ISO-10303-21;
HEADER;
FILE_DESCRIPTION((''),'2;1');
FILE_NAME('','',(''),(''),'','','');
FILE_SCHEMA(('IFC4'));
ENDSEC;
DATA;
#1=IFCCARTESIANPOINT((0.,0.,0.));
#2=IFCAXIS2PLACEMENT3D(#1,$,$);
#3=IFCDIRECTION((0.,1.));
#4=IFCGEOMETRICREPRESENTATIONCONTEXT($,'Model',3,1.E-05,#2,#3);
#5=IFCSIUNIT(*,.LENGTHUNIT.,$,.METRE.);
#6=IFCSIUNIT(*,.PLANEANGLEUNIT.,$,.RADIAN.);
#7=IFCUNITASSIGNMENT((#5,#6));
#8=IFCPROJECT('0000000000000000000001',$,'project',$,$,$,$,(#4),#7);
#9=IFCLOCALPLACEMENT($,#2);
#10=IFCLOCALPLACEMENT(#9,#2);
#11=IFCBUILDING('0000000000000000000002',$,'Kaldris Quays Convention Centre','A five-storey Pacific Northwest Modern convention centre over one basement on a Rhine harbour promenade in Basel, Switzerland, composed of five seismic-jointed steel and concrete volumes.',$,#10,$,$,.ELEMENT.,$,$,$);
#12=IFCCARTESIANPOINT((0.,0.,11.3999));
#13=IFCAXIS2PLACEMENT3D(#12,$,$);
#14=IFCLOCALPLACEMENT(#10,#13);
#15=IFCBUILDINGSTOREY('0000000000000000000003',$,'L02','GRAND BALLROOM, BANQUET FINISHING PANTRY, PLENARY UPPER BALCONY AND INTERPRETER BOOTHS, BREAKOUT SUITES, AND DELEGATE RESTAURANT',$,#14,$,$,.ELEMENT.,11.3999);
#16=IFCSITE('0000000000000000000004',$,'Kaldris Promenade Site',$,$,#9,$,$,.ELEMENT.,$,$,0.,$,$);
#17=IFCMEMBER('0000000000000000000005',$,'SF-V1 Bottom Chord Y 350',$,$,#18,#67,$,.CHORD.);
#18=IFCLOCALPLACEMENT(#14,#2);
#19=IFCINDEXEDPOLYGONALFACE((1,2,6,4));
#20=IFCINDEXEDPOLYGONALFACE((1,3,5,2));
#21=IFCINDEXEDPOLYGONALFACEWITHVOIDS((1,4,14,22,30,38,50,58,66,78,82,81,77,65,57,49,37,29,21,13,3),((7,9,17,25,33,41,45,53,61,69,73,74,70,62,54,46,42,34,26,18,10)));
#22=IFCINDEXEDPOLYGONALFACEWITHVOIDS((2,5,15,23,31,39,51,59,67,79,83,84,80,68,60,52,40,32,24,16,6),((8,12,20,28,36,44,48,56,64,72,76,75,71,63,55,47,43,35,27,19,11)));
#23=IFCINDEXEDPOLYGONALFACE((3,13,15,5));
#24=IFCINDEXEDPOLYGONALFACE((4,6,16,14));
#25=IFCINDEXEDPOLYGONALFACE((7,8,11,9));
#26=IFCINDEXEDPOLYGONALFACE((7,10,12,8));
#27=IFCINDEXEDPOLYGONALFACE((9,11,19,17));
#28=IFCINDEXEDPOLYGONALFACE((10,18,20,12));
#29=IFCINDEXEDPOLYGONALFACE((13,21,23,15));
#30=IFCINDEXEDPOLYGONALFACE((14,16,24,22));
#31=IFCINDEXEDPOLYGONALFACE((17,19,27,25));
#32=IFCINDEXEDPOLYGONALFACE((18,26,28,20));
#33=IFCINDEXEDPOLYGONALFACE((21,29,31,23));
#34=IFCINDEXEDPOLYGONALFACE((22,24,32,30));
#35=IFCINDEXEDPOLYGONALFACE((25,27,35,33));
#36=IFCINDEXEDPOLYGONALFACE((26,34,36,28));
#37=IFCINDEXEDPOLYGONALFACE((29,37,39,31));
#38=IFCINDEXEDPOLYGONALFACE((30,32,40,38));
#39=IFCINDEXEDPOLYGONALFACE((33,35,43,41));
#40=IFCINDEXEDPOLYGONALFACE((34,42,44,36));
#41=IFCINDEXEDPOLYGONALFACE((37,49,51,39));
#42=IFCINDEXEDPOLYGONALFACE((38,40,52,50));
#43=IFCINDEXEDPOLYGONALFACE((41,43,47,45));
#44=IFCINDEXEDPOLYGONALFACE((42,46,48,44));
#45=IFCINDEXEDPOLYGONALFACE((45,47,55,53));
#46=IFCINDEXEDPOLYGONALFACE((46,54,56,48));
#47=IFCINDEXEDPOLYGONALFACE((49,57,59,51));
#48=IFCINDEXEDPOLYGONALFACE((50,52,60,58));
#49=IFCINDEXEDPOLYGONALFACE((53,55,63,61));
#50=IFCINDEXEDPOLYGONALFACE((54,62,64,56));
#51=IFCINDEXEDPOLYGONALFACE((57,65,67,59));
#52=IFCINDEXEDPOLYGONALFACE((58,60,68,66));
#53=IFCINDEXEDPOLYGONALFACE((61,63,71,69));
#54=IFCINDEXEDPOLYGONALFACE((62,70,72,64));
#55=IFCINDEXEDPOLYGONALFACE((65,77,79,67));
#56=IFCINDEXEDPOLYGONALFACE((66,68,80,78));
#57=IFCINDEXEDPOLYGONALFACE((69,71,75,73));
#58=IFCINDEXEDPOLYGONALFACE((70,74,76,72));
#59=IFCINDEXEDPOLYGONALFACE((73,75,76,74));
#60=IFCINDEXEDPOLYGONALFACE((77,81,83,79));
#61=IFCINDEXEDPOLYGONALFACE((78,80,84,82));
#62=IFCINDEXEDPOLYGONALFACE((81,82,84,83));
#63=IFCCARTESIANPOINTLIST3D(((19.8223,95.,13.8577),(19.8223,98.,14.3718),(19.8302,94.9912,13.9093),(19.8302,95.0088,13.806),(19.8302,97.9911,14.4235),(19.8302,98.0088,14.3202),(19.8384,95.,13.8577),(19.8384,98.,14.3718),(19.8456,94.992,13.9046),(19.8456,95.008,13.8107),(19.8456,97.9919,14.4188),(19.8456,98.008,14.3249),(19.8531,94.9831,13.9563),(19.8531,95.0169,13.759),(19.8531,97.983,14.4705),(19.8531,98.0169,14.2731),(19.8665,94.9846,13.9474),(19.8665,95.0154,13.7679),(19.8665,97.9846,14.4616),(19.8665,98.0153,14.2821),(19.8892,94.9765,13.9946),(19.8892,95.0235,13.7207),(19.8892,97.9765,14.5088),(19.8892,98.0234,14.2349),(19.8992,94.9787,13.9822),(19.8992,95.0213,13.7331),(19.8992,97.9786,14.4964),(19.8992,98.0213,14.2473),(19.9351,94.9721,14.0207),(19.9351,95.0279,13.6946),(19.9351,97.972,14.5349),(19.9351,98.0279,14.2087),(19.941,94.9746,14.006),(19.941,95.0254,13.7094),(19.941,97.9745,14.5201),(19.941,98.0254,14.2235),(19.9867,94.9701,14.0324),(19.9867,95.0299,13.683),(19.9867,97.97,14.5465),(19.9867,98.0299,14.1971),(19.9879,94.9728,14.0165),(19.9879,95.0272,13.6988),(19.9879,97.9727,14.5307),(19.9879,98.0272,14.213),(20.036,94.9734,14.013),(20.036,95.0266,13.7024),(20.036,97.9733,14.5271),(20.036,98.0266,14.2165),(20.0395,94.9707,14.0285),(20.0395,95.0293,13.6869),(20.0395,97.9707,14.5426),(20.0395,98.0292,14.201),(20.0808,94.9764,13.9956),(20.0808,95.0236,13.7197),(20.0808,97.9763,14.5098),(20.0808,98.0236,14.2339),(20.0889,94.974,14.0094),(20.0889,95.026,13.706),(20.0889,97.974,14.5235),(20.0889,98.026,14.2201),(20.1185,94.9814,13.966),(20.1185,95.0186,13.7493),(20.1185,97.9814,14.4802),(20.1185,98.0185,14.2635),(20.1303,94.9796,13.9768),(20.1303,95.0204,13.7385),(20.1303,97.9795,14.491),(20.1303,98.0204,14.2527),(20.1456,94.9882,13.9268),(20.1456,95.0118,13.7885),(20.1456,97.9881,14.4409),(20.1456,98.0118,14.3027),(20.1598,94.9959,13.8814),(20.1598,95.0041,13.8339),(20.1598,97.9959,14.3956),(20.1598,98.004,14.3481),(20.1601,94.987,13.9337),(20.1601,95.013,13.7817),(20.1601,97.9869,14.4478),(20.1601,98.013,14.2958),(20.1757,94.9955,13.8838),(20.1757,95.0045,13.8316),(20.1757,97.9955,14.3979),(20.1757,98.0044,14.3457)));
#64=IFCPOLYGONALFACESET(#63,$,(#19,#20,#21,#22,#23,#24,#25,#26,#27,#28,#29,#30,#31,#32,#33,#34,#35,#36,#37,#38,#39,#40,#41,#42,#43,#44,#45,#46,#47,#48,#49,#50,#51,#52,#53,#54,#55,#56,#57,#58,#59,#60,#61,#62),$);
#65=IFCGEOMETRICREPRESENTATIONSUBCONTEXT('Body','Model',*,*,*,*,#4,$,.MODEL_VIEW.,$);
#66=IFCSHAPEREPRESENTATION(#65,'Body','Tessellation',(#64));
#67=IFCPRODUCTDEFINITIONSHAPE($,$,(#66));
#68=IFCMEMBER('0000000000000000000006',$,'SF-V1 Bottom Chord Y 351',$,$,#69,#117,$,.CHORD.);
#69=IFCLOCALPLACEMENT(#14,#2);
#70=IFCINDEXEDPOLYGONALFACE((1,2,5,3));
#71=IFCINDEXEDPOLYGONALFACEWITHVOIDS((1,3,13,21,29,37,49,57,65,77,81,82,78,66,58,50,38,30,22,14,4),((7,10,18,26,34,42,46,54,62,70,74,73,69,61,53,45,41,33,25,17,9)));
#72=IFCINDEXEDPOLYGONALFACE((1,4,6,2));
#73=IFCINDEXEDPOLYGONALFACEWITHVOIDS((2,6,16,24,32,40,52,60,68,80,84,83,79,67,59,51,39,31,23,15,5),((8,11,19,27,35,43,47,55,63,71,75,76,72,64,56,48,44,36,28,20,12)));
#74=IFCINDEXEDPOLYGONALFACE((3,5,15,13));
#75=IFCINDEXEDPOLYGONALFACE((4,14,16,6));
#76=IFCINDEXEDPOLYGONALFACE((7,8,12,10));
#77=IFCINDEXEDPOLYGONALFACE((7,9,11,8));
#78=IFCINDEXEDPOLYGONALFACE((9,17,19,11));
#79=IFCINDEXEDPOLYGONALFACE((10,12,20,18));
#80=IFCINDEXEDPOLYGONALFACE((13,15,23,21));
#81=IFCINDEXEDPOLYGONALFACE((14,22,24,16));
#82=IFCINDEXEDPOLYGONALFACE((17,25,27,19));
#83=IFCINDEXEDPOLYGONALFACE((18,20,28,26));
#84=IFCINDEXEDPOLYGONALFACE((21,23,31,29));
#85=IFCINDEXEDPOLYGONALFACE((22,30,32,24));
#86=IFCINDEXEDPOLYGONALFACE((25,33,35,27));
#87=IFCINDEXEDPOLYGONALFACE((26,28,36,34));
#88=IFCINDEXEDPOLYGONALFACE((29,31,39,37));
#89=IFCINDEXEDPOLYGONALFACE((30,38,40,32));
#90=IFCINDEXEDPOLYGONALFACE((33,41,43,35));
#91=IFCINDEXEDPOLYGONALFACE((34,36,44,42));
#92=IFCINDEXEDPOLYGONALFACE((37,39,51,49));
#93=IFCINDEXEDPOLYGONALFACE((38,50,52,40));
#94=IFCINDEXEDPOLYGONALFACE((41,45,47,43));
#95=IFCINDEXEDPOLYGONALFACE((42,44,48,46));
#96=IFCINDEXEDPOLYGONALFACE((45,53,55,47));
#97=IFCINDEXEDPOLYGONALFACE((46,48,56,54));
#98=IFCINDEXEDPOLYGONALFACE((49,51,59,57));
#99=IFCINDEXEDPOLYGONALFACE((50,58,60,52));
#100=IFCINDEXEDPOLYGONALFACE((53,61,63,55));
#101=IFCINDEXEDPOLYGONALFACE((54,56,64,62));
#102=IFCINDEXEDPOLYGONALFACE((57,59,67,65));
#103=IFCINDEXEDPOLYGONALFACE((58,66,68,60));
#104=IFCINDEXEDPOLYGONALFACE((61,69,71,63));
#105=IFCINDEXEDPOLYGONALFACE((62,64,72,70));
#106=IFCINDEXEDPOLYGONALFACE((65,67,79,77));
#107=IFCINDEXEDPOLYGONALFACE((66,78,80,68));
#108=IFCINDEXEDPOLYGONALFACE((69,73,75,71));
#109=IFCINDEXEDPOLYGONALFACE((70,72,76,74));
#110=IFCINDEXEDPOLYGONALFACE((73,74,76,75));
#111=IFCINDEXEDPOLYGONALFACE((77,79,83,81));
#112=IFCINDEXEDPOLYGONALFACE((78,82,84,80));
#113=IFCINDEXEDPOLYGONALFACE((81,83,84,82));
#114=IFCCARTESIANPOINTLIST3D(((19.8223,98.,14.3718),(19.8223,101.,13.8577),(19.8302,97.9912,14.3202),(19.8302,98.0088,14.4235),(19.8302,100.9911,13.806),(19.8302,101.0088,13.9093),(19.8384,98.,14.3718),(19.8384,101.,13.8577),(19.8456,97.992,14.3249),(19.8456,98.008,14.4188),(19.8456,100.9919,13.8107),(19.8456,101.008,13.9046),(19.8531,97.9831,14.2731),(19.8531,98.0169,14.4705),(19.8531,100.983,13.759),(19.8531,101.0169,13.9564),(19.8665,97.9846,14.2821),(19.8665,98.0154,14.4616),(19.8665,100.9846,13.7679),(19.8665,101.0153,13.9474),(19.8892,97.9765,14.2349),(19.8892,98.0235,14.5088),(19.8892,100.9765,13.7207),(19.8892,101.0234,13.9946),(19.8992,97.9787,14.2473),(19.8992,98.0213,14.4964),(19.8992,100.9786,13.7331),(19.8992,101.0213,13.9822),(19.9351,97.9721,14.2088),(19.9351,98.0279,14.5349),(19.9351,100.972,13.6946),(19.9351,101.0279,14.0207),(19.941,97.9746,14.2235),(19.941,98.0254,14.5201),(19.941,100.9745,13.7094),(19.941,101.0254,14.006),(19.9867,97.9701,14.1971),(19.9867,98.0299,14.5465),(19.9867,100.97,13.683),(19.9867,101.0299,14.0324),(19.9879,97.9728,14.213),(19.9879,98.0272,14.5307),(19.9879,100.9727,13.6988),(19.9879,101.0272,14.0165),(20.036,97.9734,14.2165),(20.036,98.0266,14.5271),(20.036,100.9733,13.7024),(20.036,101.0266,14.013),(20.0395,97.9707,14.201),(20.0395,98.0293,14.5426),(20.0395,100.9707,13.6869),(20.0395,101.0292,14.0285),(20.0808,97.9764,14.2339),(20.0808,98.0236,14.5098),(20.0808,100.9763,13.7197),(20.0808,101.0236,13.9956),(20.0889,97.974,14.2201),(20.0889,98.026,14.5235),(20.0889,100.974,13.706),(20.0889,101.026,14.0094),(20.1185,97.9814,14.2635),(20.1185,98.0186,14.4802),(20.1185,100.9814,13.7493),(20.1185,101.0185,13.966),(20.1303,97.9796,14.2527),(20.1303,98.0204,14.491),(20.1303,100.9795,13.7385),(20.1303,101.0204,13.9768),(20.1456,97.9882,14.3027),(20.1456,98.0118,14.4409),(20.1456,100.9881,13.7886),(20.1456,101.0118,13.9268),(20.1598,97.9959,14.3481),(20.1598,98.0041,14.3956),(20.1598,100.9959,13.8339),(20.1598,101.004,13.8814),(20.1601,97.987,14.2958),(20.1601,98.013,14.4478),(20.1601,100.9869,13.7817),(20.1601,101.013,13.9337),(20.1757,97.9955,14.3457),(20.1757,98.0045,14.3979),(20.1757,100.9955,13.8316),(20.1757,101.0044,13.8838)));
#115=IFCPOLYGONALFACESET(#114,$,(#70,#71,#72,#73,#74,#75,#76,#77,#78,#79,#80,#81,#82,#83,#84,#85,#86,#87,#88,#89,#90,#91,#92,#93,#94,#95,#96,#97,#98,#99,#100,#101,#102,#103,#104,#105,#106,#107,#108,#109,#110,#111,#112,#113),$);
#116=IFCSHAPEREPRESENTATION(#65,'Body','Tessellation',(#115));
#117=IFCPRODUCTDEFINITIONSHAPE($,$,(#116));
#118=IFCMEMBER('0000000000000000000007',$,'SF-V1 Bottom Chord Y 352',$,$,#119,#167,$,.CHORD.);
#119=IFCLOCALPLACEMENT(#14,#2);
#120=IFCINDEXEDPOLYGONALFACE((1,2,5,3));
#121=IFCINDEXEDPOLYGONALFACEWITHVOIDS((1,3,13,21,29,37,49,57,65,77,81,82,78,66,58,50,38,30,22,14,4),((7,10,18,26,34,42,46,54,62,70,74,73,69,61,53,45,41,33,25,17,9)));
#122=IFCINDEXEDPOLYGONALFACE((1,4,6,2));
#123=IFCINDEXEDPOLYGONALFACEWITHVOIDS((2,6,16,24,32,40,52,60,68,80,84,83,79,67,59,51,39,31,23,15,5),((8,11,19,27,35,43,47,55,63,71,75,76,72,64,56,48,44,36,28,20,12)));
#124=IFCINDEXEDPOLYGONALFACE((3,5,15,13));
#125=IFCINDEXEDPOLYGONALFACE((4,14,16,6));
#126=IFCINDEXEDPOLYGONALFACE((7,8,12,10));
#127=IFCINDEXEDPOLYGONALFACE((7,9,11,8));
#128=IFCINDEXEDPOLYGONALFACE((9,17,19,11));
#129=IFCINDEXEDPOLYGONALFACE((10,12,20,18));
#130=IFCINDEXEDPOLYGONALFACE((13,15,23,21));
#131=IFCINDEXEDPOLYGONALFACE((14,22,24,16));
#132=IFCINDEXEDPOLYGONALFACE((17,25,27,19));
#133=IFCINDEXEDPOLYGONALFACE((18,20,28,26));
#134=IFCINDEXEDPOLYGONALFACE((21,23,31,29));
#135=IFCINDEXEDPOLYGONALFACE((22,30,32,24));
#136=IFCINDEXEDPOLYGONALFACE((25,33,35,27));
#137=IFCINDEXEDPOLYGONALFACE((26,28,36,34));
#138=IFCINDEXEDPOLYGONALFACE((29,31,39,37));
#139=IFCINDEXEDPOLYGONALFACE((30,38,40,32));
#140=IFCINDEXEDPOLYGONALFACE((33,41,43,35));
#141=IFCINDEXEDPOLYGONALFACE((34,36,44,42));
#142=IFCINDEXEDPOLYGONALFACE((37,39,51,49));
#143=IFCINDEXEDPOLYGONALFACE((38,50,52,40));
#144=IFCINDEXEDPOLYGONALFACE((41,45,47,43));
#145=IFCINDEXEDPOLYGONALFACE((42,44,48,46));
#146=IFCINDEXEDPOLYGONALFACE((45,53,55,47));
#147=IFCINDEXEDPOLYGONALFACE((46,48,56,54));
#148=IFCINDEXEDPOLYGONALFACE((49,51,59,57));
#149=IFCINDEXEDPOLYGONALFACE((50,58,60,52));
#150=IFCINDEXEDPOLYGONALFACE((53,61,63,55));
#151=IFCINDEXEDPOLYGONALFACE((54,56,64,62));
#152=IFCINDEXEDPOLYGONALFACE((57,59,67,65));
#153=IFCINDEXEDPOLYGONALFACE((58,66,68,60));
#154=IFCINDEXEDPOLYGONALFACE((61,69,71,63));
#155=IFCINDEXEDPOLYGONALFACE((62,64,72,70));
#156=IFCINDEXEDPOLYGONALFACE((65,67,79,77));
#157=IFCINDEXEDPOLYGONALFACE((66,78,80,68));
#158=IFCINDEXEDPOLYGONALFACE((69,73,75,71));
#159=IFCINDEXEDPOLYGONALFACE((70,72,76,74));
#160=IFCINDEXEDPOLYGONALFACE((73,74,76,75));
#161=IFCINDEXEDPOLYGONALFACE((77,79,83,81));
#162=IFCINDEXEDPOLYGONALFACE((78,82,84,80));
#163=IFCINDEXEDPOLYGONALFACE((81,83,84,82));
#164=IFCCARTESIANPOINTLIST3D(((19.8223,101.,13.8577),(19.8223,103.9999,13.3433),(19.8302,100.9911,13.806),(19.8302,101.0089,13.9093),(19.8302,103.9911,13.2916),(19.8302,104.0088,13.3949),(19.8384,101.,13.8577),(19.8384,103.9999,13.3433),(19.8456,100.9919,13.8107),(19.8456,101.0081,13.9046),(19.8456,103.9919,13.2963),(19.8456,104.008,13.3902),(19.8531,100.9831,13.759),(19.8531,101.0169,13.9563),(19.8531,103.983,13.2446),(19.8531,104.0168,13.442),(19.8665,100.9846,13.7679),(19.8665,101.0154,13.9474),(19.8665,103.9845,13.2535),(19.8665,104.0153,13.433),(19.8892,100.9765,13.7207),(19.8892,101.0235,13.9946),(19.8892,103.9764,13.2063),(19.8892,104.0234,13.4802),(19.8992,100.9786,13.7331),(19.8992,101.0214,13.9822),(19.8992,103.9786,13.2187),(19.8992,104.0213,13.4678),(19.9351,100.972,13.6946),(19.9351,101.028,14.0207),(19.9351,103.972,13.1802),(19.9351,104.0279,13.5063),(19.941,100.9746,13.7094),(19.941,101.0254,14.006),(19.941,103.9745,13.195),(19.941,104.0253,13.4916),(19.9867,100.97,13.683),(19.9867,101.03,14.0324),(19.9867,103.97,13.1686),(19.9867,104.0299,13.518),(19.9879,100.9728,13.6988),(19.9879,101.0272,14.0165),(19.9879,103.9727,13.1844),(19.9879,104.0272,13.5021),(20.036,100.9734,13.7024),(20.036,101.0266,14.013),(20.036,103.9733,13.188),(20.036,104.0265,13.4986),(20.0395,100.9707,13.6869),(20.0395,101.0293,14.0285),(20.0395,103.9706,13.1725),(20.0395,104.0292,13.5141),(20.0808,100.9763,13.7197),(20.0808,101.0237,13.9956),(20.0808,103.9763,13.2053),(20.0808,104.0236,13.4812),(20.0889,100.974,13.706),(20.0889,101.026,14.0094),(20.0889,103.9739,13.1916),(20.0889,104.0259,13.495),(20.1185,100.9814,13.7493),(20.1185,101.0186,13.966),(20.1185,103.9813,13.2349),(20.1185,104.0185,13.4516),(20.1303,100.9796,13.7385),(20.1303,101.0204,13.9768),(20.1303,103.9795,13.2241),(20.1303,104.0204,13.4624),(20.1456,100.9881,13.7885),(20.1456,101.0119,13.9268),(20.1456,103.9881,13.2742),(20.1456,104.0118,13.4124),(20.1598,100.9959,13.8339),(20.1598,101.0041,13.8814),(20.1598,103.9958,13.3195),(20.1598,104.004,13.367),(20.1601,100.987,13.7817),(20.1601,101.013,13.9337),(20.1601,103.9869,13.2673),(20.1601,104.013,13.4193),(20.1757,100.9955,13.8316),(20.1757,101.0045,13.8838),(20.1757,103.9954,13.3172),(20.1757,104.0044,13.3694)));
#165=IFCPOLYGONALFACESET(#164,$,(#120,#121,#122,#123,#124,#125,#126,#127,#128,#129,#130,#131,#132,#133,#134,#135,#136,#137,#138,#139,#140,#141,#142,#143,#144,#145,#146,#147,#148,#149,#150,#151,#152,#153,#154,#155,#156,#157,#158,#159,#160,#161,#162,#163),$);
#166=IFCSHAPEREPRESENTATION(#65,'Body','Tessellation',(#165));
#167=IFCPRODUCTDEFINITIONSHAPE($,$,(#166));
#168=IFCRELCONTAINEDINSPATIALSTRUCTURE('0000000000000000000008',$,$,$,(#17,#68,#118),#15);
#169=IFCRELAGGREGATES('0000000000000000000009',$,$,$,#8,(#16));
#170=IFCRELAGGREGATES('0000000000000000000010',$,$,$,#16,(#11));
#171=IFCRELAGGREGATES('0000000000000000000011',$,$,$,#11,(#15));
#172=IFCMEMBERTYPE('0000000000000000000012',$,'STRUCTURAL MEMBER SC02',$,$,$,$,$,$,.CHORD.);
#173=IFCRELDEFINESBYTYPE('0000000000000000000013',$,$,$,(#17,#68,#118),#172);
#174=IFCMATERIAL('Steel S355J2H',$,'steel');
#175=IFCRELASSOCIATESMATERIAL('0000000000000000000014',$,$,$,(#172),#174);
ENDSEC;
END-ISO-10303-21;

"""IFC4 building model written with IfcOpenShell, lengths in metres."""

from ifc_helpers import new_model, si_unit, direction, frame, origin, origin_2d, place, context, subcontext, project, spatial, hollow_circle, extrude, material, material_profile, profile_set, type_object, element, save


model = new_model("IFC4")

# Units and contexts
model_context = context("Model", 3, precision=1e-05, world=origin(), true_north=direction((0.0, 1.0)))
body_context = subcontext(model_context, "Body", "Model", "MODEL_VIEW")
ifc_project = project(units=[si_unit("LENGTHUNIT", "METRE"), si_unit("PLANEANGLEUNIT", "RADIAN")], contexts=[model_context])

# Site, building, storey
site_placement = place(None, origin())
site = spatial("IfcSite", under=ifc_project, at=site_placement, Name="Kaldris Promenade Site", CompositionType="ELEMENT", RefElevation=0.0)
building_placement = place(site_placement, origin())
building = spatial("IfcBuilding", under=site, at=building_placement, Name="Kaldris Quays Convention Centre", Description="A five-storey Pacific Northwest Modern convention centre over one basement on a Rhine harbour promenade in Basel, Switzerland, composed of five seismic-jointed steel and concrete volumes.", CompositionType="ELEMENT")
storey_placement = place(building_placement, frame((0.0, 0.0, 11.3999)))
storey = spatial("IfcBuildingStorey", under=building, at=storey_placement, Name="L02", Description="GRAND BALLROOM, BANQUET FINISHING PANTRY, PLENARY UPPER BALCONY AND INTERPRETER BOOTHS, BREAKOUT SUITES, AND DELEGATE RESTAURANT", CompositionType="ELEMENT", Elevation=11.3999)

# Members
ifc_material_1 = material(Name="Steel S355J2H", Category="steel")
ifc_material_profile_1 = material_profile(ifc_material_1, hollow_circle(Radius=0.1777, WallThickness=0.0161, at=origin_2d()), Name="CHS 355.6x16")
ifc_profile_set_1 = profile_set([ifc_material_profile_1], Name="Steel S355J2H")
member_type_1 = type_object("IfcMemberType", Name="STRUCTURAL MEMBER SC02", PredefinedType="CHORD", material=ifc_profile_set_1)
for number, where, z_axis, x_axis, name in (
    (1, (20.0, 95.0, 13.8577), (0.0, 0.985629, 0.168924), (-1.0, 0.0, 0.0), "SF-V1 Bottom Chord Y 350"),
    (2, (20.0, 98.0, 14.3718), (0.0, 0.985629, -0.168924), (-1.0, 0.0, 0.0), "SF-V1 Bottom Chord Y 351"),
    (3, (20.0, 101.0, 13.8577), (0.0, 0.985616, -0.169002), (-1.0, 0.0, 0.0), "SF-V1 Bottom Chord Y 352"),
):
    element("IfcMember", number, at=place(storey_placement, frame(where, z_axis=z_axis, x_axis=x_axis)), inside=storey, type_object=member_type_1, Name=name, PredefinedType="CHORD", context=body_context, shape_type="SweptSolid", body=[
        extrude(hollow_circle(Radius=0.1777, WallThickness=0.0161, at=origin_2d()), origin(), (0.0, 0.0, 1.0), 3.0437),
    ])

save(model, "model.ifc")
